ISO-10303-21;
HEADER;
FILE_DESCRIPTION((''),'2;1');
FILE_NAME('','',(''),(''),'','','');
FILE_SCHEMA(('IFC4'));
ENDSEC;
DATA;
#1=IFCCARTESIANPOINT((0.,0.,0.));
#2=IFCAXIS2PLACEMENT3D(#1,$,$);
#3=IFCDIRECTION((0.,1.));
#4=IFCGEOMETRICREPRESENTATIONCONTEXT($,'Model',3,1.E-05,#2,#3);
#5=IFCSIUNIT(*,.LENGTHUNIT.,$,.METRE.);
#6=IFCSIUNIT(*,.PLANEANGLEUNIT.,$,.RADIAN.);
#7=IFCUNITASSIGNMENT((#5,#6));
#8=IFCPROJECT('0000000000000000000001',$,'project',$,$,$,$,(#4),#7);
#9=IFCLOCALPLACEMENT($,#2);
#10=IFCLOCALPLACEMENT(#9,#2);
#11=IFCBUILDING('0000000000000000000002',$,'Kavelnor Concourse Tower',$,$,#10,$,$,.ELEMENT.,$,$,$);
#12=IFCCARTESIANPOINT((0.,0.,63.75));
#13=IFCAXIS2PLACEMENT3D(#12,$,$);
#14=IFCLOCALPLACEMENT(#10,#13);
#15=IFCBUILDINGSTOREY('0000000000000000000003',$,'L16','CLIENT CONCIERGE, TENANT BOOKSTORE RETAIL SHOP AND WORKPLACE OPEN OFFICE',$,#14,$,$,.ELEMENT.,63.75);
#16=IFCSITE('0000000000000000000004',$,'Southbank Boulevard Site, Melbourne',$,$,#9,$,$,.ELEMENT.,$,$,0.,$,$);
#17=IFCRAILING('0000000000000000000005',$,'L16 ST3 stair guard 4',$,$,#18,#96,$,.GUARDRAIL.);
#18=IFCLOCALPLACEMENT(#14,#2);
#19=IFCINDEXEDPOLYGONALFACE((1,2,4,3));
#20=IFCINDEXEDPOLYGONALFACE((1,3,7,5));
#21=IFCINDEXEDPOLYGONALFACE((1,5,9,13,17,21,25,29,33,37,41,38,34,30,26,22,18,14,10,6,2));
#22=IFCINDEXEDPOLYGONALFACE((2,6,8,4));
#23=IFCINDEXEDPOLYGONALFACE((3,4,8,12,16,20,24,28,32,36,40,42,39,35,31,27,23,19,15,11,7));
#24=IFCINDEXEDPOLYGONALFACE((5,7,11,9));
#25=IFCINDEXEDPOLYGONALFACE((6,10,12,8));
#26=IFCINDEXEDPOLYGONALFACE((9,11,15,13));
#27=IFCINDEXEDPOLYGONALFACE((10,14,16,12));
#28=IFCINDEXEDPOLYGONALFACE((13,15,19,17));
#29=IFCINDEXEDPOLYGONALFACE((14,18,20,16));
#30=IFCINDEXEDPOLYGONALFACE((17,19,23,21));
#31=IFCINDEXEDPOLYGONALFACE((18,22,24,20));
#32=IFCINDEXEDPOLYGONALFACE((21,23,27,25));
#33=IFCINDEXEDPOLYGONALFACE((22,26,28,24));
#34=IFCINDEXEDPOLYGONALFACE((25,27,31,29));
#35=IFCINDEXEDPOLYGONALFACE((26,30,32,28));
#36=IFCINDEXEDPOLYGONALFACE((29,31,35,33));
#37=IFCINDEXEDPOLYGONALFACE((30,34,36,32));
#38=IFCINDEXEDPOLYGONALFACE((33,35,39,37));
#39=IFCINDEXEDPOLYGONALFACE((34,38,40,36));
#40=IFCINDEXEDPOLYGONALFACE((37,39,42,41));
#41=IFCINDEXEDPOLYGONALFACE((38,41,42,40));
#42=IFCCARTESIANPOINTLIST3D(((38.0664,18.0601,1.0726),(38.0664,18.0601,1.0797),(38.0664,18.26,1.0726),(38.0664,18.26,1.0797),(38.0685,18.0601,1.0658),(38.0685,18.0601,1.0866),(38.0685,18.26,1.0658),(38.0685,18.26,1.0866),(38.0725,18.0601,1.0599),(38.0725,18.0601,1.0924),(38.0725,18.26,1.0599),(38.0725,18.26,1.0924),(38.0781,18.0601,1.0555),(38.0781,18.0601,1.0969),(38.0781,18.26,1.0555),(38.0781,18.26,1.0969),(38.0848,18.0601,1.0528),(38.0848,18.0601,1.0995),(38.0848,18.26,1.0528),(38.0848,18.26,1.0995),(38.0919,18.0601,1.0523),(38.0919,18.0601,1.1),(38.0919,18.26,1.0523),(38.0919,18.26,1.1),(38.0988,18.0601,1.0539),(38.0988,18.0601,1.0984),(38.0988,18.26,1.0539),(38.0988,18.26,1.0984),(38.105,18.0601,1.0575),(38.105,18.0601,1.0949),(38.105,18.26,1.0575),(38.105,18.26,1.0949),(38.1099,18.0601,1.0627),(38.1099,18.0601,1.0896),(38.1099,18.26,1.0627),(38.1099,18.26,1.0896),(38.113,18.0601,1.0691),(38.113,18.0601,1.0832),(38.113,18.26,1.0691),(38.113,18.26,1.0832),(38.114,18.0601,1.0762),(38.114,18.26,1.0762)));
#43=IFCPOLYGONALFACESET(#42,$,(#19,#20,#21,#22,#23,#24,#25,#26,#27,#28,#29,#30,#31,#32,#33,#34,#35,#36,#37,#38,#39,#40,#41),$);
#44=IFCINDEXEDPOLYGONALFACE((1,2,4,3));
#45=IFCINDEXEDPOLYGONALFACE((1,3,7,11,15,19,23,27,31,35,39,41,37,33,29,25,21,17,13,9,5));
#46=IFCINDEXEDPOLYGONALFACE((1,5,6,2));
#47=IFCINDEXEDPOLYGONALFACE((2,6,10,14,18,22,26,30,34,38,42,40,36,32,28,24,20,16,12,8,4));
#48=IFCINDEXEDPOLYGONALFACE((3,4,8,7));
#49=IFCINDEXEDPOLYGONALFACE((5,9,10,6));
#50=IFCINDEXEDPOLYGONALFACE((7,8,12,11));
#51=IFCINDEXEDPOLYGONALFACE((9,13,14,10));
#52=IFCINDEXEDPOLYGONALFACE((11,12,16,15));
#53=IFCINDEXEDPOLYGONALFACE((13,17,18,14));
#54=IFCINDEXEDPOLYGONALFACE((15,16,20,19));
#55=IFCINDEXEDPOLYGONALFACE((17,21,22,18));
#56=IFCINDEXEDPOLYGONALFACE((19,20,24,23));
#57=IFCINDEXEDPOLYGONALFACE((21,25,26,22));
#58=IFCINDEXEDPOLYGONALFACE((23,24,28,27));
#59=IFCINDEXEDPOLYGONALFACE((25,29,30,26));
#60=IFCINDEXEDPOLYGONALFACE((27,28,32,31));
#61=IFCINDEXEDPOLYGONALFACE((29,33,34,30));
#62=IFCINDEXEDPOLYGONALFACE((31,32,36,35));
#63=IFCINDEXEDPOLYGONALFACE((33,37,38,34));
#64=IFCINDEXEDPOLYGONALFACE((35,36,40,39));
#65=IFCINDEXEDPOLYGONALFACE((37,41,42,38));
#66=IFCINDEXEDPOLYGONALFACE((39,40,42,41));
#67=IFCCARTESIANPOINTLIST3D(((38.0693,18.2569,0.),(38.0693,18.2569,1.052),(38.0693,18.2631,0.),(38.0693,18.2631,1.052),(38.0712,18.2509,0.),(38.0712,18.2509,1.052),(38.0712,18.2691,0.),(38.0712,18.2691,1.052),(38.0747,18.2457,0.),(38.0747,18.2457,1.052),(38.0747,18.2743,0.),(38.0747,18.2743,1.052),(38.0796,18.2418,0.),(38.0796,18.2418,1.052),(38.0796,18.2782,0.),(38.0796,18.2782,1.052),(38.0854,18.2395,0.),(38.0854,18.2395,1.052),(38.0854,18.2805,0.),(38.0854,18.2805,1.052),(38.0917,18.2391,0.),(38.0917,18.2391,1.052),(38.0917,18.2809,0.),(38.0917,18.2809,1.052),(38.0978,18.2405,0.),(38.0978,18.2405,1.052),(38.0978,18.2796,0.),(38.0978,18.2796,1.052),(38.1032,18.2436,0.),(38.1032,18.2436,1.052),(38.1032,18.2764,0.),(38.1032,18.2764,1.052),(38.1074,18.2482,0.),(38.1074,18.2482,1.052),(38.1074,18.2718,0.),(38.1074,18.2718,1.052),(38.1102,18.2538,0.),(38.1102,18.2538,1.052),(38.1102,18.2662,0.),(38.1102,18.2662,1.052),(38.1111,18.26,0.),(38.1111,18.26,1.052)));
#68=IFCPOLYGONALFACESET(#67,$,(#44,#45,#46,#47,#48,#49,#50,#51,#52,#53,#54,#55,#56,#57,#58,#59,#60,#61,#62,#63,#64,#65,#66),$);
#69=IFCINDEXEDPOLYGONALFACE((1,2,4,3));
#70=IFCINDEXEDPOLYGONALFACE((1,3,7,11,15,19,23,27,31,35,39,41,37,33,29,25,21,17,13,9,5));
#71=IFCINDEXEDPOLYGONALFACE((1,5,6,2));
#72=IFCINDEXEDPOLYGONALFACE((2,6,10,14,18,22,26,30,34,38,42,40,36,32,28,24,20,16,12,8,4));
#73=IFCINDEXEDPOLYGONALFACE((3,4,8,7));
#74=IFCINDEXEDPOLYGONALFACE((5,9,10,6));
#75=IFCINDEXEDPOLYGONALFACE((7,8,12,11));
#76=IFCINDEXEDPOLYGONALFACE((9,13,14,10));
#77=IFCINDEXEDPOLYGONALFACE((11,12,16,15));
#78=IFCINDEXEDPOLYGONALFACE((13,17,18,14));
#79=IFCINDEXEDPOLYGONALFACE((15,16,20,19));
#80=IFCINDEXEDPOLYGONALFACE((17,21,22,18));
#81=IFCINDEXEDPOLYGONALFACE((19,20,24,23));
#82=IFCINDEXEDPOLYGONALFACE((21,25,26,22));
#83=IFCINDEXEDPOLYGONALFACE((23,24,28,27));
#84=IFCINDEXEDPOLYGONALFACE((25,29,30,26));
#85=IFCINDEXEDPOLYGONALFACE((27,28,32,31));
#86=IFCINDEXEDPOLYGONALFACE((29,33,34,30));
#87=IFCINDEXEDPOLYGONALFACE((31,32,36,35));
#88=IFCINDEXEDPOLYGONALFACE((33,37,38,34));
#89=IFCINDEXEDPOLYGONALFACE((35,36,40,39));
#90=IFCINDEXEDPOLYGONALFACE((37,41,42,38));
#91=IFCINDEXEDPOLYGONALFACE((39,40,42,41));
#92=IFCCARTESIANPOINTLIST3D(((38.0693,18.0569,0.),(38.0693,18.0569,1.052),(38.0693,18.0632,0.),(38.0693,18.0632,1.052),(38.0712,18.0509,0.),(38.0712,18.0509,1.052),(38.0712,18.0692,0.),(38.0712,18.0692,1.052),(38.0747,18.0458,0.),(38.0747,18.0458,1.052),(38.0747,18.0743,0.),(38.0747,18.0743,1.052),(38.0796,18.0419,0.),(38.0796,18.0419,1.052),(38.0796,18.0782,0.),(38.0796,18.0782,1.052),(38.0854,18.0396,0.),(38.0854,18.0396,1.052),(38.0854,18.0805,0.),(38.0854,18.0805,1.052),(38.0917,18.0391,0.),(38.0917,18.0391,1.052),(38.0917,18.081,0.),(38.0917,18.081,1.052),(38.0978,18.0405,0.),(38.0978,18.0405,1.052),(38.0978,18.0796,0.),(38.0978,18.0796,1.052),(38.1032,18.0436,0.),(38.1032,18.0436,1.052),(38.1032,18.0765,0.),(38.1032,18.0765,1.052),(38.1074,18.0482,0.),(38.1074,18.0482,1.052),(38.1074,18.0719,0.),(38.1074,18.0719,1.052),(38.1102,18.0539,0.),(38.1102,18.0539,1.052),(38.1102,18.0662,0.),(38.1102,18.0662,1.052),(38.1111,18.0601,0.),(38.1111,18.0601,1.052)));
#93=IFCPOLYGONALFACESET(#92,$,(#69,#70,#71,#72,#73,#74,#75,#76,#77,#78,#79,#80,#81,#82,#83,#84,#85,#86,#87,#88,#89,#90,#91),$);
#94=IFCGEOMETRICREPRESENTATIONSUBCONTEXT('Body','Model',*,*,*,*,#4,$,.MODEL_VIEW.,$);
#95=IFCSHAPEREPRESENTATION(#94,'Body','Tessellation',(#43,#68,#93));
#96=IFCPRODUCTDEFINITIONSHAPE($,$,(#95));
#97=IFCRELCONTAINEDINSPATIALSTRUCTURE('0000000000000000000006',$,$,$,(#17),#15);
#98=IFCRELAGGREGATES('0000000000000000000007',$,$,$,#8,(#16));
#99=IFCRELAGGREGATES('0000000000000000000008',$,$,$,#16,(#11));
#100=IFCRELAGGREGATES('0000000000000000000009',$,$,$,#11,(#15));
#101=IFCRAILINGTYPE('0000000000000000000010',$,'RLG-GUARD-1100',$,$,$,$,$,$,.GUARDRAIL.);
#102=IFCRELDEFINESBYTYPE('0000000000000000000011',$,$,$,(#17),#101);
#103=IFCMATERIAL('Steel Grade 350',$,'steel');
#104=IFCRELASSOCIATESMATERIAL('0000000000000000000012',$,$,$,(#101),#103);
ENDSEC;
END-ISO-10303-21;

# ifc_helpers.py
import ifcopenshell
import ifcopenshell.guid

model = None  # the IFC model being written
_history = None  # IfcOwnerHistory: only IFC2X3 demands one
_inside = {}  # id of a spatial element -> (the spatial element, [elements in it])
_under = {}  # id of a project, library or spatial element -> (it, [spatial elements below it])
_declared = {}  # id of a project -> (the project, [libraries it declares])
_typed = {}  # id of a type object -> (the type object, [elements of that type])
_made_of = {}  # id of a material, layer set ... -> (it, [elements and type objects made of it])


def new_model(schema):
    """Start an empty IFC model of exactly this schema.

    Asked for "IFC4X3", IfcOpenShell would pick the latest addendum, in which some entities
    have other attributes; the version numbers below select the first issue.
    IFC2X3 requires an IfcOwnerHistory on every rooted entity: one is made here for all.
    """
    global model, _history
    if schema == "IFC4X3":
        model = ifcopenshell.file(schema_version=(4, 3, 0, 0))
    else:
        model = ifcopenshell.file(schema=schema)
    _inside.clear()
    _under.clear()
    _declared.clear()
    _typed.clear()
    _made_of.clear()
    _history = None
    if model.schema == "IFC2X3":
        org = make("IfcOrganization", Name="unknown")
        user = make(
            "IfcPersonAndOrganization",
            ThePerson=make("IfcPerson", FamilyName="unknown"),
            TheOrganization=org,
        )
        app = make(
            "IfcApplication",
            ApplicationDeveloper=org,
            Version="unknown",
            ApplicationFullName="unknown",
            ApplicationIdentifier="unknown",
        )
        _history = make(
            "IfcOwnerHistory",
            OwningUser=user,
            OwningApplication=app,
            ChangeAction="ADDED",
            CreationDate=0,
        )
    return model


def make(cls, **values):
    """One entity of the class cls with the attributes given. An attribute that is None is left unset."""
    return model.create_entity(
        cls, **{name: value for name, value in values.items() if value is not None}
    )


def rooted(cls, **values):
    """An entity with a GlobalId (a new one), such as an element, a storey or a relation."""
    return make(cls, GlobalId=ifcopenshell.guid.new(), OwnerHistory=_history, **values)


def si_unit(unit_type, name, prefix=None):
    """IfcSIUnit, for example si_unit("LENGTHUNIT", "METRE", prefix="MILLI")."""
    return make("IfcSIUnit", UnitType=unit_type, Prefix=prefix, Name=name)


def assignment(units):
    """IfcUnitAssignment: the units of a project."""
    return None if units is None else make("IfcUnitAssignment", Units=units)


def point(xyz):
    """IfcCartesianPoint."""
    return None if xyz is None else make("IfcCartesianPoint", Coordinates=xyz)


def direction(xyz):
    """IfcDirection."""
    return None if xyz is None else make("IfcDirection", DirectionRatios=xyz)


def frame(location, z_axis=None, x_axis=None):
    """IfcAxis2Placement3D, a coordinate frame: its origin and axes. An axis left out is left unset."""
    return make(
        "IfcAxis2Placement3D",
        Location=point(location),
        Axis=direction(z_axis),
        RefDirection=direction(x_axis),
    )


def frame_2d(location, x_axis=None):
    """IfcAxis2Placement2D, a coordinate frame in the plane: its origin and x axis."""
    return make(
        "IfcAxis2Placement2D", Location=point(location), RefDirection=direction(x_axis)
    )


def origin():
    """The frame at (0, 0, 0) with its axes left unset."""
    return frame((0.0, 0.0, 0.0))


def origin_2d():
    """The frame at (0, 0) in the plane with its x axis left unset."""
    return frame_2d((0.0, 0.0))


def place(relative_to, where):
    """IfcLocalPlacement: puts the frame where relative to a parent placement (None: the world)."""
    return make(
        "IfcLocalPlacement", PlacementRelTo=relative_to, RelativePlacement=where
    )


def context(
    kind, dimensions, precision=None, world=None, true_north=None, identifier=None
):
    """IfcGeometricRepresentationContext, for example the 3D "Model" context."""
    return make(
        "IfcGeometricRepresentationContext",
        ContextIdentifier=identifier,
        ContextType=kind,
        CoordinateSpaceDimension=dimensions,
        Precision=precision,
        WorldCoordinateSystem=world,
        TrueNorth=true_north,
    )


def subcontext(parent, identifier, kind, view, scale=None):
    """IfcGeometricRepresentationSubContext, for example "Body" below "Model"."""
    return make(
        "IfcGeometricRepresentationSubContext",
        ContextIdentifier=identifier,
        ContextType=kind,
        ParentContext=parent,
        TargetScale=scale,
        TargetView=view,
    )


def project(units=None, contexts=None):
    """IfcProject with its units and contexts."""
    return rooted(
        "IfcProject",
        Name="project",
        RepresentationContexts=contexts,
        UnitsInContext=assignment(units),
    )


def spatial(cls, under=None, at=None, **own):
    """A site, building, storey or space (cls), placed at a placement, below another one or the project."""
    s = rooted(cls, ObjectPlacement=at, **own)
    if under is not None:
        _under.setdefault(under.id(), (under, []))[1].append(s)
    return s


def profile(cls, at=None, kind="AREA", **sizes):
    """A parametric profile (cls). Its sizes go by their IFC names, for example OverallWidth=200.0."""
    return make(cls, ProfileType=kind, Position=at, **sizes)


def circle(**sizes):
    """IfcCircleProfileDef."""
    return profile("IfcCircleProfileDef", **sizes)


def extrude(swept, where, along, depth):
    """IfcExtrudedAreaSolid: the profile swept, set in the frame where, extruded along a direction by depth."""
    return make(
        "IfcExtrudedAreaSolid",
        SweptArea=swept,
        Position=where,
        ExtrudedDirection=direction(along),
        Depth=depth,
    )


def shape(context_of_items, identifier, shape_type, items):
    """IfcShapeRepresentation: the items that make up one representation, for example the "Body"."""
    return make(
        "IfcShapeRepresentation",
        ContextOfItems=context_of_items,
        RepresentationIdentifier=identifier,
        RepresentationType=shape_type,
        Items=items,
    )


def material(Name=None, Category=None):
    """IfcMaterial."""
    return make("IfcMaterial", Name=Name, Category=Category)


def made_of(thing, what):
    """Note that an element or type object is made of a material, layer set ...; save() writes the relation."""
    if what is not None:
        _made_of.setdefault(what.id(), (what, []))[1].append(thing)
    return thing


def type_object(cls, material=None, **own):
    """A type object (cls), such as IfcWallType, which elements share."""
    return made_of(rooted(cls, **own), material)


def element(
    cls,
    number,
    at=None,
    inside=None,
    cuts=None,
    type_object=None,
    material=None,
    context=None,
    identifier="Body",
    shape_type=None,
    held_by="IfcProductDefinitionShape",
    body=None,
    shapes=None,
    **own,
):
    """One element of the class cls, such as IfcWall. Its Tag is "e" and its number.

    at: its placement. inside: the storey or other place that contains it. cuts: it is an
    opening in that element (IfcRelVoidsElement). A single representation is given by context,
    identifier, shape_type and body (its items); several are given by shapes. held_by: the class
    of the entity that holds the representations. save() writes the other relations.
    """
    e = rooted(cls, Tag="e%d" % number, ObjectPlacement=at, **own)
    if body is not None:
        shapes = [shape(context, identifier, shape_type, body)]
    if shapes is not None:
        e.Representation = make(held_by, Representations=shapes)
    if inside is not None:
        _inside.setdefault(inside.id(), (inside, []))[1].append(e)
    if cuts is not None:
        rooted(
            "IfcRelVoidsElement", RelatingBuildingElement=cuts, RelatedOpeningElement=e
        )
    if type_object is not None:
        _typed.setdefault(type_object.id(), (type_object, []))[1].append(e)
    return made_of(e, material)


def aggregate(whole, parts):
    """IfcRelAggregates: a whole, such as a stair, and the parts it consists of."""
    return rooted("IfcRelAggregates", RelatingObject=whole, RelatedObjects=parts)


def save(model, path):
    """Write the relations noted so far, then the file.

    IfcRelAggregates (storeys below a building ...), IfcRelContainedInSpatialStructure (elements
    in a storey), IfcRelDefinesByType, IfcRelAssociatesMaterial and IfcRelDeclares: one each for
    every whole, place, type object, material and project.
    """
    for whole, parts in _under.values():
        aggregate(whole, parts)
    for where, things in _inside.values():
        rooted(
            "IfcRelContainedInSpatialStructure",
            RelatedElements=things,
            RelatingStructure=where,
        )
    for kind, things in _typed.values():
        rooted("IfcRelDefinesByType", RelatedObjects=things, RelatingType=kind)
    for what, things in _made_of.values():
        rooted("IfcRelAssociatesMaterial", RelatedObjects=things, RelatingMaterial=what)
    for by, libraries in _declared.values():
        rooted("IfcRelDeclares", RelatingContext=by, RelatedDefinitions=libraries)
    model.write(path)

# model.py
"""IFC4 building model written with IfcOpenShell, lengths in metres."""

from ifc_helpers import new_model, si_unit, direction, frame, origin, origin_2d, place, context, subcontext, project, spatial, circle, extrude, material, type_object, element, save


model = new_model("IFC4")

# Units and contexts
model_context = context("Model", 3, precision=1e-05, world=origin(), true_north=direction((0.0, 1.0)))
body_context = subcontext(model_context, "Body", "Model", "MODEL_VIEW")
ifc_project = project(units=[si_unit("LENGTHUNIT", "METRE"), si_unit("PLANEANGLEUNIT", "RADIAN")], contexts=[model_context])

# Site, building, storey
site_placement = place(None, origin())
site = spatial("IfcSite", under=ifc_project, at=site_placement, Name="Southbank Boulevard Site, Melbourne", CompositionType="ELEMENT", RefElevation=0.0)
building_placement = place(site_placement, origin())
building = spatial("IfcBuilding", under=site, at=building_placement, Name="Kavelnor Concourse Tower", CompositionType="ELEMENT")
storey_placement = place(building_placement, frame((0.0, 0.0, 63.75)))
storey = spatial("IfcBuildingStorey", under=building, at=storey_placement, Name="L16", Description="CLIENT CONCIERGE, TENANT BOOKSTORE RETAIL SHOP AND WORKPLACE OPEN OFFICE", CompositionType="ELEMENT", Elevation=63.75)

# Shared definitions
ifc_material_1 = material(Name="Steel Grade 350", Category="steel")

# Railing
railing_type_1 = type_object("IfcRailingType", Name="RLG-GUARD-1100", PredefinedType="GUARDRAIL", material=ifc_material_1)
railing_1_placement = place(storey_placement, frame((38.0901, 18.26, 0.0)))
element("IfcRailing", 1, at=railing_1_placement, inside=storey, type_object=railing_type_1, Name="L16 ST3 stair guard 4", PredefinedType="GUARDRAIL", context=body_context, shape_type="SweptSolid", body=[
    extrude(circle(Radius=0.0239, at=origin_2d()), frame((0.0, 0.0, 1.0762), z_axis=(0.0, -1.0, 0.0), x_axis=(1.0, 0.0, 0.0)), (0.0, 0.0, 1.0), 0.2),
    extrude(circle(Radius=0.021, at=origin_2d()), origin(), (0.0, 0.0, 1.0), 1.052),
    extrude(circle(Radius=0.021, at=origin_2d()), frame((0.0, -0.2, 0.0)), (0.0, 0.0, 1.0), 1.052),
])

save(model, "model.ifc")
